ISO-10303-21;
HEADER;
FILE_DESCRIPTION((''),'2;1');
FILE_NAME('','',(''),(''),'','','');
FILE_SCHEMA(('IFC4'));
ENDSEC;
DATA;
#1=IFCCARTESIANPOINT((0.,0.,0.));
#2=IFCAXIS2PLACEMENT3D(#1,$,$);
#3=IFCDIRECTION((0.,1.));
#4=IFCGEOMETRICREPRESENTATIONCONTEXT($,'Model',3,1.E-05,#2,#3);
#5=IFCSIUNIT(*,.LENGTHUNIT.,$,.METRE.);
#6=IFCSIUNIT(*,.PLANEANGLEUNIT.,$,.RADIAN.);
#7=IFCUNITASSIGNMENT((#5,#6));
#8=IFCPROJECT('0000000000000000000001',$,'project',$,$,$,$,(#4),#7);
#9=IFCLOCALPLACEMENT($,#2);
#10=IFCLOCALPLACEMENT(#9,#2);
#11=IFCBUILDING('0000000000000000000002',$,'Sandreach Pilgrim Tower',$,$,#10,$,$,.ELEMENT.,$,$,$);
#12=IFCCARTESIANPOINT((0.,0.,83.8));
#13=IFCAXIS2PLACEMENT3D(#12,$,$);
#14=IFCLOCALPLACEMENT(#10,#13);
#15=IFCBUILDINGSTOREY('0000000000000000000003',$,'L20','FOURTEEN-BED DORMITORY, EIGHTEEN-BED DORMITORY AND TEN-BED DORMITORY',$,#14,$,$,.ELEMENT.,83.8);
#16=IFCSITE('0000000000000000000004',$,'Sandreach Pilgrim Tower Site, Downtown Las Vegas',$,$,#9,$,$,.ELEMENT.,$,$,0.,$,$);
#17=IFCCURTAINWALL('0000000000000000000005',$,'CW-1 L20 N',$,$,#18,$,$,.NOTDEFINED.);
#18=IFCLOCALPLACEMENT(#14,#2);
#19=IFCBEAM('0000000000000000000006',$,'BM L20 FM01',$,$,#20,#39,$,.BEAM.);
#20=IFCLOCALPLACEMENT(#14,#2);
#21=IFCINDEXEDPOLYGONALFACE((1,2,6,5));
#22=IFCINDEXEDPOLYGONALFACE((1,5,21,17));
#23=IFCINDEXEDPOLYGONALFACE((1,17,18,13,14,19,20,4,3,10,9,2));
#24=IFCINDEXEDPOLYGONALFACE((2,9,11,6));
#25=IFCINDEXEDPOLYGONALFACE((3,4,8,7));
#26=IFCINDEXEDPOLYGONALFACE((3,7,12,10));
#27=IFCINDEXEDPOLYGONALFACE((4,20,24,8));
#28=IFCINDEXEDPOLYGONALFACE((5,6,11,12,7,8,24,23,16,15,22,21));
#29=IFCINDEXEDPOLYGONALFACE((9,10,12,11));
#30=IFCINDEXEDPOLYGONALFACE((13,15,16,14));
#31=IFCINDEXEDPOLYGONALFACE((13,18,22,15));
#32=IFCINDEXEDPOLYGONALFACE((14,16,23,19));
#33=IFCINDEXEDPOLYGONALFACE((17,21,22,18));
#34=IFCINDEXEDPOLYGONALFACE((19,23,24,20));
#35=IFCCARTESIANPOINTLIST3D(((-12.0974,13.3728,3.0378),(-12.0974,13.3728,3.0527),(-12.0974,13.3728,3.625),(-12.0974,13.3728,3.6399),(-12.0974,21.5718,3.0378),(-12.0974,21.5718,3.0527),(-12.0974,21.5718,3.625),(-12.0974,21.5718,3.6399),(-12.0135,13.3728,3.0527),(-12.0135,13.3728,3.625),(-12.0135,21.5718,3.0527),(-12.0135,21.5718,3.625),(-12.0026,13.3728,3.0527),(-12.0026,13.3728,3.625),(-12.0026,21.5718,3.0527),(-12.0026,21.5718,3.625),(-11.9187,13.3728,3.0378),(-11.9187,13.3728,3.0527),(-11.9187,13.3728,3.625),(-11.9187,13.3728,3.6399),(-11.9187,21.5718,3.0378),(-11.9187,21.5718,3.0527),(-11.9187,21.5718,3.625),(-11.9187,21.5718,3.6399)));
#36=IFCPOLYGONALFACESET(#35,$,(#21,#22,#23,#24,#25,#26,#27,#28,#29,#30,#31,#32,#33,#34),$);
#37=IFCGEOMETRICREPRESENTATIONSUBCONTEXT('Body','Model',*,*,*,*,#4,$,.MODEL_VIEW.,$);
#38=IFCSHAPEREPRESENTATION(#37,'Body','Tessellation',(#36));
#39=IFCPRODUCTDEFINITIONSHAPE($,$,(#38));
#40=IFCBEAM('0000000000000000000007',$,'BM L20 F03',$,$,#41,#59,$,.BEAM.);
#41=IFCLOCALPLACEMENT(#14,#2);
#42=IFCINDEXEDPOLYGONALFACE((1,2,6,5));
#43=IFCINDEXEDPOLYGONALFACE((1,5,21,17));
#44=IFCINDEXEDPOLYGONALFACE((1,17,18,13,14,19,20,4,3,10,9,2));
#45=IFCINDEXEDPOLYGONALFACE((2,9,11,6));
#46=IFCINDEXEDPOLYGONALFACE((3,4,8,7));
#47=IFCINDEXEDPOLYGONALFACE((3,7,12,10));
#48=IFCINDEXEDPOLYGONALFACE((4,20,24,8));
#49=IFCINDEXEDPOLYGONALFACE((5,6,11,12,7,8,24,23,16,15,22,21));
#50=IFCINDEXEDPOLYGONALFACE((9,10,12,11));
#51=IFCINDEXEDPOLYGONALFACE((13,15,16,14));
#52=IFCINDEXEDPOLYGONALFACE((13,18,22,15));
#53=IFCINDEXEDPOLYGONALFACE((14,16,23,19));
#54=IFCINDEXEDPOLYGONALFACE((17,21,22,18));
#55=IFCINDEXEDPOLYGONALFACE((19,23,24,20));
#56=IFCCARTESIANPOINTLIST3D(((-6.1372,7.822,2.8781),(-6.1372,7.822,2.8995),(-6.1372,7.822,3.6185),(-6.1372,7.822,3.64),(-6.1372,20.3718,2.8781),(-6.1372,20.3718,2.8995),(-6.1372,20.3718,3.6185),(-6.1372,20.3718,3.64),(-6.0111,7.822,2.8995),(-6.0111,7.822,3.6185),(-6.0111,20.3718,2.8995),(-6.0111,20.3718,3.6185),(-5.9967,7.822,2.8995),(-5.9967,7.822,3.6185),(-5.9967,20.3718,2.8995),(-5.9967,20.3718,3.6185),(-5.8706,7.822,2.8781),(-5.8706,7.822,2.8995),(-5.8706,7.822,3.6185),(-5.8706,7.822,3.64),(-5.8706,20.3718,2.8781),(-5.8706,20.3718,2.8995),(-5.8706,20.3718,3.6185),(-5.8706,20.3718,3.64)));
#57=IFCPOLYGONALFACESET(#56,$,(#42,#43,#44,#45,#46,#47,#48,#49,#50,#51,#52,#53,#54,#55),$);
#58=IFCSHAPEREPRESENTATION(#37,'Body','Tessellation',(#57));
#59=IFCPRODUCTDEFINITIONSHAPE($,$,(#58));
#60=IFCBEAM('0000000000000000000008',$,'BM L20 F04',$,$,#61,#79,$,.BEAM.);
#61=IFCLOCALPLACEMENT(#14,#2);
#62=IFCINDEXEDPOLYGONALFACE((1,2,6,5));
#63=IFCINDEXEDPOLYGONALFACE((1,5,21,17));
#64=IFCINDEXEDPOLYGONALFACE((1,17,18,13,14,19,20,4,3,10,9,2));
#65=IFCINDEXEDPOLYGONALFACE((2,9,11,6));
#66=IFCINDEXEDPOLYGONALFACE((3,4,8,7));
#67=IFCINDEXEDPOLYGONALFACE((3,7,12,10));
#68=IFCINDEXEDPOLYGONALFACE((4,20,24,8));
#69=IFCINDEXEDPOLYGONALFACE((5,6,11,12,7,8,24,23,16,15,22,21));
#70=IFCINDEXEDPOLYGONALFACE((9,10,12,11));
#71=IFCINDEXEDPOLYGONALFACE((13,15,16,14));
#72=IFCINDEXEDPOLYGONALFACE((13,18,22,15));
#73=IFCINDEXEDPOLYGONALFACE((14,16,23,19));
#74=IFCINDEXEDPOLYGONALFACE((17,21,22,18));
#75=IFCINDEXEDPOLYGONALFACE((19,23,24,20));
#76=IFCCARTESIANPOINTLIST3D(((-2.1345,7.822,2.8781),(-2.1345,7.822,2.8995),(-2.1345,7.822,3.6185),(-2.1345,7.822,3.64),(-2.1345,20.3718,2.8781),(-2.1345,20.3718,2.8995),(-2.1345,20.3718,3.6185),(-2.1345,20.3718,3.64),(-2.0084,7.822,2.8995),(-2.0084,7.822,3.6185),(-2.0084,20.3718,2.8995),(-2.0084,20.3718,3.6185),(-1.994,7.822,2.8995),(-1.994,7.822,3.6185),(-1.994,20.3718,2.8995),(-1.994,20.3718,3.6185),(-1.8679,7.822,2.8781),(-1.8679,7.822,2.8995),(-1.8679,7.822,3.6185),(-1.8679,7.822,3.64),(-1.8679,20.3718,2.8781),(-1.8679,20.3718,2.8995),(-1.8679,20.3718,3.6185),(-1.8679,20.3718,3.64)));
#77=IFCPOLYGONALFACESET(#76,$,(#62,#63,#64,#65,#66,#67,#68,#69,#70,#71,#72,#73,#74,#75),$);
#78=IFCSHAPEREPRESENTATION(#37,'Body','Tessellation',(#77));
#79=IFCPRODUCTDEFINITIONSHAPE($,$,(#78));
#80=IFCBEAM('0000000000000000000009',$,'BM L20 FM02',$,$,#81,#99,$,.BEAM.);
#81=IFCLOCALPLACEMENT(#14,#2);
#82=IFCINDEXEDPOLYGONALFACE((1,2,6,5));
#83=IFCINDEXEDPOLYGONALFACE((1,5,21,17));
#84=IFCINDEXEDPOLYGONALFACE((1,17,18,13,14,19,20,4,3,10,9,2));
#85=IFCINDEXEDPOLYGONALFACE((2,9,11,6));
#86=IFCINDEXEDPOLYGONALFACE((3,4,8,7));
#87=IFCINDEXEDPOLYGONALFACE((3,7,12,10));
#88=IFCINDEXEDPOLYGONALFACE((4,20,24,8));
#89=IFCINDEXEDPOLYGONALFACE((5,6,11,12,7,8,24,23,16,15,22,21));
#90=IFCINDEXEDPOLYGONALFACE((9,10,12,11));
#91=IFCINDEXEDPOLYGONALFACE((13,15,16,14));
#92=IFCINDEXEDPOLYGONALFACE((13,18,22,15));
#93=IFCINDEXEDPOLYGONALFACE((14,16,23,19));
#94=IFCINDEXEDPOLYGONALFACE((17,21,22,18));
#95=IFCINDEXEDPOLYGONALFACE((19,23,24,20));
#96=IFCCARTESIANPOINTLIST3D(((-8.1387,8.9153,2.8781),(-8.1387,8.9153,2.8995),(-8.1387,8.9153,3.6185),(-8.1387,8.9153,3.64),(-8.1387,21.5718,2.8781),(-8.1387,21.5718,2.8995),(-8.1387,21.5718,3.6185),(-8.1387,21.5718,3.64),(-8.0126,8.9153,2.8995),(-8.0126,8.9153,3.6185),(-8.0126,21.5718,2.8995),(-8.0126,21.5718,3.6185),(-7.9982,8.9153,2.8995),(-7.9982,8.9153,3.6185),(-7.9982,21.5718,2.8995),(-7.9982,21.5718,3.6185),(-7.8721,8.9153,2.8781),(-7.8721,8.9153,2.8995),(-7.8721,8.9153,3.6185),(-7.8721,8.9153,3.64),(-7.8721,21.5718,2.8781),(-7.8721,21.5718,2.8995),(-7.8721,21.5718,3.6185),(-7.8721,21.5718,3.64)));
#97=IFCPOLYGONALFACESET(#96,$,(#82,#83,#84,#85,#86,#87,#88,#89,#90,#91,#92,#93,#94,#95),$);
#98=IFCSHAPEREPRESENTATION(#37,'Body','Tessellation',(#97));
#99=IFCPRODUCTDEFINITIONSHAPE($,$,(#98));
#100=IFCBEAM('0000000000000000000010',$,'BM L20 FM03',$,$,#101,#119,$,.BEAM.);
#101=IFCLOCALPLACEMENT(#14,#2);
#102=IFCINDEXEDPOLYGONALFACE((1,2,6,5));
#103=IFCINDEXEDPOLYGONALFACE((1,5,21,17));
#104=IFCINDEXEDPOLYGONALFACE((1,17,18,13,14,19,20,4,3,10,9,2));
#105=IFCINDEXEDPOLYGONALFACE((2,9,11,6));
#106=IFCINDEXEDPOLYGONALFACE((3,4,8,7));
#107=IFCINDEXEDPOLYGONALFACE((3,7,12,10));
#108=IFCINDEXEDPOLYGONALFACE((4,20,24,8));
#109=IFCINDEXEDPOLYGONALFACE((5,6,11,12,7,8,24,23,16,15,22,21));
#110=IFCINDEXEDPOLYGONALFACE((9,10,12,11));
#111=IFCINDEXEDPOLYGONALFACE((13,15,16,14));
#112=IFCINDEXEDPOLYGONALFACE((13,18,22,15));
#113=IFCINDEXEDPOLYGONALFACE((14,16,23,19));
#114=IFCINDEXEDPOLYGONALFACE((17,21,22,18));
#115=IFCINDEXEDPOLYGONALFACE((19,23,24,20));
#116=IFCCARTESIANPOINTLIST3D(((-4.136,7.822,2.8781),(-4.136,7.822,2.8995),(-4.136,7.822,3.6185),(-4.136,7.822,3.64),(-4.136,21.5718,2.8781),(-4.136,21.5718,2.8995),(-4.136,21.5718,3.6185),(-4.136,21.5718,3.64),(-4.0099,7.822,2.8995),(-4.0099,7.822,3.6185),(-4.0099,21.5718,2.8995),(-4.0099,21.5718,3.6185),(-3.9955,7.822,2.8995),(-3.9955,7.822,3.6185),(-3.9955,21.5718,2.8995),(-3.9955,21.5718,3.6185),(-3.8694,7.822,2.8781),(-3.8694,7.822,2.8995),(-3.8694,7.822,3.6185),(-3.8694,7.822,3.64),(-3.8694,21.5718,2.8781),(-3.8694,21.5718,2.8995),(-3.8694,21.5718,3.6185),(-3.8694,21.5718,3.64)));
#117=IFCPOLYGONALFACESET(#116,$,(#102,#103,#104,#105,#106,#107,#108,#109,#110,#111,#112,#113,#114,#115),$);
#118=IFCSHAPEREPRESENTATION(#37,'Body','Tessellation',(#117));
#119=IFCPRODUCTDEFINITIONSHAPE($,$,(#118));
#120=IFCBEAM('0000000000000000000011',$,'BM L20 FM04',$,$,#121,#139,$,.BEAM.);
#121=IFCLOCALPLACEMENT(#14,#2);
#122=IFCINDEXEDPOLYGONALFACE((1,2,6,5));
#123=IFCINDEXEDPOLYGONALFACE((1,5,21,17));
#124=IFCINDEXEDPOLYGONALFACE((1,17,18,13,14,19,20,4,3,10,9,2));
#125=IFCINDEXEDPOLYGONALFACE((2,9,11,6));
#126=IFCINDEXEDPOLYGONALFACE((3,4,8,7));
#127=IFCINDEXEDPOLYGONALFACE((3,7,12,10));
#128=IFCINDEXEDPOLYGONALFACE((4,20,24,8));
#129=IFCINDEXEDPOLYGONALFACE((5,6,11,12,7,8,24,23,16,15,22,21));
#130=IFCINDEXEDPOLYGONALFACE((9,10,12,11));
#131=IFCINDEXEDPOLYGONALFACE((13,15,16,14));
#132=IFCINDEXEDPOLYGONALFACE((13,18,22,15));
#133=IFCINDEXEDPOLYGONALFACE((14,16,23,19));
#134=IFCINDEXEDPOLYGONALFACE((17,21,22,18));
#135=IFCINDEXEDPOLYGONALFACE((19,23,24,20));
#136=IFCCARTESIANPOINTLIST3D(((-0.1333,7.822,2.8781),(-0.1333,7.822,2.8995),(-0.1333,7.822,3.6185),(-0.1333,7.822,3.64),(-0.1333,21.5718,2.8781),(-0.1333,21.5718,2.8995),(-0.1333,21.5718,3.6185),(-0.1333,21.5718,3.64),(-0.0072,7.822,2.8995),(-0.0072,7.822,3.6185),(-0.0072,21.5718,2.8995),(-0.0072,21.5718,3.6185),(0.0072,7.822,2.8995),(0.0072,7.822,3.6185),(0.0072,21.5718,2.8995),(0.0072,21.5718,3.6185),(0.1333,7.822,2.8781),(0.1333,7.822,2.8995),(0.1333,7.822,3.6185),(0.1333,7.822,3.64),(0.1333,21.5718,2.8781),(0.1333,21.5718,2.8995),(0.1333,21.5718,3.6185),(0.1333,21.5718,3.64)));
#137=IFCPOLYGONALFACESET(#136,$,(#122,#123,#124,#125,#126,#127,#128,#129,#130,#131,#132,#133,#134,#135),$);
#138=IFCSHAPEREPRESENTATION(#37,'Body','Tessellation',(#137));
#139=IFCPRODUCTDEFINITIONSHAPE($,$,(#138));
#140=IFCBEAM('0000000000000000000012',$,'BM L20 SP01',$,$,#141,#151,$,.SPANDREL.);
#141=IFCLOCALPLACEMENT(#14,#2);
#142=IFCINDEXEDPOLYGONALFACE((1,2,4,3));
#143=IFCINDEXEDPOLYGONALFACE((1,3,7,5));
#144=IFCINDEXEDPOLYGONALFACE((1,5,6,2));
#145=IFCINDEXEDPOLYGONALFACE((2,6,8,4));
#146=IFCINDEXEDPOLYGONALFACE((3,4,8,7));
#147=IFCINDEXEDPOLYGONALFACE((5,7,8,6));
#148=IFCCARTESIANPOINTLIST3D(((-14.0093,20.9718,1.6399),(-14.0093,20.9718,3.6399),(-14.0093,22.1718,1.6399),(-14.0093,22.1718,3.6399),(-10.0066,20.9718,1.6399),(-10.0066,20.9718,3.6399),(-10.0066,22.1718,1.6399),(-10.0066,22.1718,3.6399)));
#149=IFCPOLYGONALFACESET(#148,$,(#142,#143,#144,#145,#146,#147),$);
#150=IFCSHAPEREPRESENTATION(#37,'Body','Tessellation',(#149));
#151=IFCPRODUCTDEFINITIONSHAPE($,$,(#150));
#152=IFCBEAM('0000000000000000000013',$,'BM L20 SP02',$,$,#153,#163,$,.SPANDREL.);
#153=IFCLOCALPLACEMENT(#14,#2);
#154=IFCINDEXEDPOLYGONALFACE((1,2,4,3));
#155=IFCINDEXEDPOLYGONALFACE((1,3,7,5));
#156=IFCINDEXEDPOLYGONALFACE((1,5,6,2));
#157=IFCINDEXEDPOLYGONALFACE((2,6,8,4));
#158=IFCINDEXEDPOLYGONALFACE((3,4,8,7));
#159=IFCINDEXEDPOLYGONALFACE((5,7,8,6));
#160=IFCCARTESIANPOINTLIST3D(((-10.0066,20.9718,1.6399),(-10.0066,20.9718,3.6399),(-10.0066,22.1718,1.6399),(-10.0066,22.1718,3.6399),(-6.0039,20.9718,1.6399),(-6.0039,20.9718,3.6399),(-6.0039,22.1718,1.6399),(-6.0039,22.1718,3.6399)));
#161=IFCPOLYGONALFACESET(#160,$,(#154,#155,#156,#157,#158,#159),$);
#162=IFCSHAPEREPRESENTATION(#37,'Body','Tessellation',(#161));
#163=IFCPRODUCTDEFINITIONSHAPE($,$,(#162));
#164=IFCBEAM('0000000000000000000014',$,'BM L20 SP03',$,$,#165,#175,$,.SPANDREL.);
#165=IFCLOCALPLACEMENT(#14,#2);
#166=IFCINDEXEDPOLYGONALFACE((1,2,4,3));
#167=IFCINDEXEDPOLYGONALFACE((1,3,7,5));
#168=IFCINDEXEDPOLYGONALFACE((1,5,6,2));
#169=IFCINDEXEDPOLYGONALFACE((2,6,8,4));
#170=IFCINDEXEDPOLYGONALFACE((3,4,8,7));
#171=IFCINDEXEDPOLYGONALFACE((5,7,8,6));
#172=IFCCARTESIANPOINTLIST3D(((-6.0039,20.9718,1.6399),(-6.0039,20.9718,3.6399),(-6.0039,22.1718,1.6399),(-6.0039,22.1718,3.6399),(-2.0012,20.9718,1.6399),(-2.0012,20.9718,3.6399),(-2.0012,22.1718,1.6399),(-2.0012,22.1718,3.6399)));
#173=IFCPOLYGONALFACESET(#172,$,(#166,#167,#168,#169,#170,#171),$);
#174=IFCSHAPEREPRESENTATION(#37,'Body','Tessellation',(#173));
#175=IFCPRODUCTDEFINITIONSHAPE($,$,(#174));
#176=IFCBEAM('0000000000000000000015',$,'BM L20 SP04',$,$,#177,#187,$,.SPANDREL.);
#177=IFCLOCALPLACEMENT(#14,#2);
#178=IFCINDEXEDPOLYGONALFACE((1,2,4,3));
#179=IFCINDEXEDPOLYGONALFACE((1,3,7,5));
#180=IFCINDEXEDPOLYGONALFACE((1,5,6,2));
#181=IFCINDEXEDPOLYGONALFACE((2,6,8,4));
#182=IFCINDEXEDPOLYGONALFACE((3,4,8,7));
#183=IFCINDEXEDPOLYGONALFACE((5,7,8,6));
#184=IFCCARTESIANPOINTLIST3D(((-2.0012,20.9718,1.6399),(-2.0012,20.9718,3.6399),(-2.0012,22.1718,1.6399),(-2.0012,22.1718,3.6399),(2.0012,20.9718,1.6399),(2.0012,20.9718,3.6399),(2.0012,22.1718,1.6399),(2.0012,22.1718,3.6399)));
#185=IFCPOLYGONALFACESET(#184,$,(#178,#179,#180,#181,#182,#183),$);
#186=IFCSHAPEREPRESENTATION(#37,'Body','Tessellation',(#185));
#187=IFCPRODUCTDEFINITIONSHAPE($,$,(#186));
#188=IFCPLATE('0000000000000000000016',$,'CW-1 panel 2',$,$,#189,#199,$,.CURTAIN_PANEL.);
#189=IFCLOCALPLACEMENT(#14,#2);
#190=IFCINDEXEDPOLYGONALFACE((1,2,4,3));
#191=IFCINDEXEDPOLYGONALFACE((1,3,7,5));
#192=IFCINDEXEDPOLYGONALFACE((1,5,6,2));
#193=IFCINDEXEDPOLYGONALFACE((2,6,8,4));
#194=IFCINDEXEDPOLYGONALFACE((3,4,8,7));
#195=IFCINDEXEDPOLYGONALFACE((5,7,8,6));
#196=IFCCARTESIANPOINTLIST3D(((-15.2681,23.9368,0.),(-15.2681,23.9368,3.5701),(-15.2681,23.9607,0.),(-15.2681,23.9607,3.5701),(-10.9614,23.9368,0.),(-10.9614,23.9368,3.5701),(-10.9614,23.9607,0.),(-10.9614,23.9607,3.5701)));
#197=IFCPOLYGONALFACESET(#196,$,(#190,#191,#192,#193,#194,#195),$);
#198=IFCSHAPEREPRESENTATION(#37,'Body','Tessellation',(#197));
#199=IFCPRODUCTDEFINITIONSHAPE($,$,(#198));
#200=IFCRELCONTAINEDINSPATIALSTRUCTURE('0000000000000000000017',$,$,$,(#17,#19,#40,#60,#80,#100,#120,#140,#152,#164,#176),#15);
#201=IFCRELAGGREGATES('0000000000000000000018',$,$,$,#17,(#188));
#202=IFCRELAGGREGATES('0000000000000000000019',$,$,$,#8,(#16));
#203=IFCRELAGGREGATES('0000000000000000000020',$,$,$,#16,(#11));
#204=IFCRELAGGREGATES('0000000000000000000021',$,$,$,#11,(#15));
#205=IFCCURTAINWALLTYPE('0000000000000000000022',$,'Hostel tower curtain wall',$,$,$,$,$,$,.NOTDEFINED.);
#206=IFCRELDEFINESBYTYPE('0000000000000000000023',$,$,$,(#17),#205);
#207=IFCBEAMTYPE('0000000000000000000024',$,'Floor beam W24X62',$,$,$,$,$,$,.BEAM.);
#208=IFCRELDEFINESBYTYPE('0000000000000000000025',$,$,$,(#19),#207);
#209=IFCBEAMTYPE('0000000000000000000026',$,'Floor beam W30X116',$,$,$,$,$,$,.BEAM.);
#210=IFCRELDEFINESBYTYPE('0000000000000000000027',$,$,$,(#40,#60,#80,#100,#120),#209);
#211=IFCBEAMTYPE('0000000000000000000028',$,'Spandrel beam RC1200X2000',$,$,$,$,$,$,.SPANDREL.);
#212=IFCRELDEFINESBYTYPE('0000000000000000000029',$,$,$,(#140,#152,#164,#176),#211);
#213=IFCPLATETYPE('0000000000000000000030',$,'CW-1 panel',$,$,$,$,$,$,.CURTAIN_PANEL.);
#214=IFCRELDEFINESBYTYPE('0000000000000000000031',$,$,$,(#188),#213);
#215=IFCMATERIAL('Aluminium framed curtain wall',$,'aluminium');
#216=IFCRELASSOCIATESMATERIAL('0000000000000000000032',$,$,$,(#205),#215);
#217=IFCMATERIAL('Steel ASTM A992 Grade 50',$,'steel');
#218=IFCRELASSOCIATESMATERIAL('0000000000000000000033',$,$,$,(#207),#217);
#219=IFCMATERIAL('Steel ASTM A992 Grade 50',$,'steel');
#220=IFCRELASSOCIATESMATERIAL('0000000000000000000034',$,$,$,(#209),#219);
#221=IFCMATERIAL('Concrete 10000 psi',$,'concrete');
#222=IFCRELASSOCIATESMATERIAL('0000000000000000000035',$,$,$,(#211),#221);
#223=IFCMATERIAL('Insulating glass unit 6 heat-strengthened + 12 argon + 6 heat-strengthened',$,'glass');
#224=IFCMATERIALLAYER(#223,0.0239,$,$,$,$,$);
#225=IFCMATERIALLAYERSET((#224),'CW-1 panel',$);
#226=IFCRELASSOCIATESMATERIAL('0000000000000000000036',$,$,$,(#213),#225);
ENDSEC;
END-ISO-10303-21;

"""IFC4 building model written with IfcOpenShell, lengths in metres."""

from ifc_helpers import new_model, si_unit, direction, frame, origin, origin_2d, place, context, subcontext, project, spatial, rectangle, i_section, extrude, material, layer, layer_set, material_profile, profile_set, type_object, element, aggregate, save


model = new_model("IFC4")

# Units and contexts
model_context = context("Model", 3, precision=1e-05, world=origin(), true_north=direction((0.0, 1.0)))
body_context = subcontext(model_context, "Body", "Model", "MODEL_VIEW")
ifc_project = project(units=[si_unit("LENGTHUNIT", "METRE"), si_unit("PLANEANGLEUNIT", "RADIAN")], contexts=[model_context])

# Site, building, storey
site_placement = place(None, origin())
site = spatial("IfcSite", under=ifc_project, at=site_placement, Name="Sandreach Pilgrim Tower Site, Downtown Las Vegas", CompositionType="ELEMENT", RefElevation=0.0)
building_placement = place(site_placement, origin())
building = spatial("IfcBuilding", under=site, at=building_placement, Name="Sandreach Pilgrim Tower", CompositionType="ELEMENT")
storey_placement = place(building_placement, frame((0.0, 0.0, 83.8)))
storey = spatial("IfcBuildingStorey", under=building, at=storey_placement, Name="L20", Description="FOURTEEN-BED DORMITORY, EIGHTEEN-BED DORMITORY AND TEN-BED DORMITORY", CompositionType="ELEMENT", Elevation=83.8)

# Curtain wall
ifc_material_1 = material(Name="Aluminium framed curtain wall", Category="aluminium")
curtain_wall_type = type_object("IfcCurtainWallType", Name="Hostel tower curtain wall", PredefinedType="NOTDEFINED", material=ifc_material_1)
curtain_wall_placement = place(storey_placement, origin())
curtain_wall = element("IfcCurtainWall", 1, at=curtain_wall_placement, inside=storey, type_object=curtain_wall_type, Name="CW-1 L20 N", PredefinedType="NOTDEFINED")

# Beams
ifc_material_2 = material(Name="Steel ASTM A992 Grade 50", Category="steel")
ifc_material_profile_1 = material_profile(ifc_material_2, i_section(OverallWidth=0.1787, OverallDepth=0.6021, WebThickness=0.011, FlangeThickness=0.0149, at=origin_2d()), Name="W24X62")
ifc_profile_set_1 = profile_set([ifc_material_profile_1], Name="Steel ASTM A992 Grade 50")
beam_type_1 = type_object("IfcBeamType", Name="Floor beam W24X62", PredefinedType="BEAM", material=ifc_profile_set_1)
beam_1_placement = place(storey_placement, frame((-12.0081, 21.5718, 3.3389), z_axis=(0.0, -1.0, 0.0), x_axis=(1.0, 0.0, 0.0)))
element("IfcBeam", 2, at=beam_1_placement, inside=storey, type_object=beam_type_1, Name="BM L20 FM01", PredefinedType="BEAM", context=body_context, shape_type="SweptSolid", body=[
    extrude(i_section(OverallWidth=0.1787, OverallDepth=0.6021, WebThickness=0.011, FlangeThickness=0.0149, at=origin_2d()), origin(), (0.0, 0.0, 1.0), 8.199),
])
ifc_material_3 = material(Name="Steel ASTM A992 Grade 50", Category="steel")
ifc_material_profile_2 = material_profile(ifc_material_3, i_section(OverallWidth=0.2666, OverallDepth=0.762, WebThickness=0.0144, FlangeThickness=0.0215, at=origin_2d()), Name="W30X116")
ifc_profile_set_2 = profile_set([ifc_material_profile_2], Name="Steel ASTM A992 Grade 50")
beam_type_2 = type_object("IfcBeamType", Name="Floor beam W30X116", PredefinedType="BEAM", material=ifc_profile_set_2)
for number, where, z_axis, x_axis, name in (
    (3, (-6.0039, 20.3718, 3.259), (0.0, -1.0, 0.0), (1.0, 0.0, 0.0), "BM L20 F03"),
    (4, (-2.0012, 20.3718, 3.259), (0.0, -1.0, 0.0), (1.0, 0.0, 0.0), "BM L20 F04"),
):
    element("IfcBeam", number, at=place(storey_placement, frame(where, z_axis=z_axis, x_axis=x_axis)), inside=storey, type_object=beam_type_2, Name=name, PredefinedType="BEAM", context=body_context, shape_type="SweptSolid", body=[
        extrude(i_section(OverallWidth=0.2666, OverallDepth=0.762, WebThickness=0.0144, FlangeThickness=0.0215, at=origin_2d()), origin(), (0.0, 0.0, 1.0), 12.5498),
    ])
beam_2_placement = place(storey_placement, frame((-8.0054, 21.5718, 3.259), z_axis=(0.0, -1.0, 0.0), x_axis=(1.0, 0.0, 0.0)))
element("IfcBeam", 5, at=beam_2_placement, inside=storey, type_object=beam_type_2, Name="BM L20 FM02", PredefinedType="BEAM", context=body_context, shape_type="SweptSolid", body=[
    extrude(i_section(OverallWidth=0.2666, OverallDepth=0.762, WebThickness=0.0144, FlangeThickness=0.0215, at=origin_2d()), origin(), (0.0, 0.0, 1.0), 12.6565),
])
for number, where, z_axis, x_axis, name in (
    (6, (-4.0027, 21.5718, 3.259), (0.0, -1.0, 0.0), (1.0, 0.0, 0.0), "BM L20 FM03"),
    (7, (0.0, 21.5718, 3.259), (0.0, -1.0, 0.0), (1.0, 0.0, 0.0), "BM L20 FM04"),
):
    element("IfcBeam", number, at=place(storey_placement, frame(where, z_axis=z_axis, x_axis=x_axis)), inside=storey, type_object=beam_type_2, Name=name, PredefinedType="BEAM", context=body_context, shape_type="SweptSolid", body=[
        extrude(i_section(OverallWidth=0.2666, OverallDepth=0.762, WebThickness=0.0144, FlangeThickness=0.0215, at=origin_2d()), origin(), (0.0, 0.0, 1.0), 13.7498),
    ])
ifc_material_4 = material(Name="Concrete 10000 psi", Category="concrete")
ifc_material_profile_3 = material_profile(ifc_material_4, rectangle(XDim=1.2, YDim=2.0, at=origin_2d()), Name="RC1200X2000")
ifc_profile_set_3 = profile_set([ifc_material_profile_3], Name="Concrete 10000 psi")
beam_type_3 = type_object("IfcBeamType", Name="Spandrel beam RC1200X2000", PredefinedType="SPANDREL", material=ifc_profile_set_3)
for number, where, z_axis, x_axis, name in (
    (8, (-14.0093, 21.5718, 2.6399), (1.0, 0.0, 0.0), (0.0, 1.0, 0.0), "BM L20 SP01"),
    (9, (-10.0066, 21.5718, 2.6399), (1.0, 0.0, 0.0), (0.0, 1.0, 0.0), "BM L20 SP02"),
    (10, (-6.0039, 21.5718, 2.6399), (1.0, 0.0, 0.0), (0.0, 1.0, 0.0), "BM L20 SP03"),
):
    element("IfcBeam", number, at=place(storey_placement, frame(where, z_axis=z_axis, x_axis=x_axis)), inside=storey, type_object=beam_type_3, Name=name, PredefinedType="SPANDREL", context=body_context, shape_type="SweptSolid", body=[
        extrude(rectangle(XDim=1.2, YDim=2.0, at=origin_2d()), origin(), (0.0, 0.0, 1.0), 4.0027),
    ])
beam_3_placement = place(storey_placement, frame((-2.0012, 21.5718, 2.6399), z_axis=(1.0, 0.0, 0.0), x_axis=(0.0, 1.0, 0.0)))
element("IfcBeam", 11, at=beam_3_placement, inside=storey, type_object=beam_type_3, Name="BM L20 SP04", PredefinedType="SPANDREL", context=body_context, shape_type="SweptSolid", body=[
    extrude(rectangle(XDim=1.2, YDim=2.0, at=origin_2d()), origin(), (0.0, 0.0, 1.0), 4.0024),
])

# Plate
ifc_material_5 = material(Name="Insulating glass unit 6 heat-strengthened + 12 argon + 6 heat-strengthened", Category="glass")
ifc_layer_1 = layer(ifc_material_5, 0.0239)
ifc_layer_set_1 = layer_set([ifc_layer_1], Name="CW-1 panel")
plate_type = type_object("IfcPlateType", Name="CW-1 panel", PredefinedType="CURTAIN_PANEL", material=ifc_layer_set_1)
plate_1_placement = place(storey_placement, frame((-13.1147, 23.9487, 0.0), z_axis=(0.0, 0.0, 1.0), x_axis=(1.0, 0.0, 0.0)))
plate_1 = element("IfcPlate", 12, at=plate_1_placement, type_object=plate_type, Name="CW-1 panel 2", PredefinedType="CURTAIN_PANEL", context=body_context, shape_type="SweptSolid", body=[
    extrude(rectangle(XDim=4.3066, YDim=0.0239, at=origin_2d()), origin(), (0.0, 0.0, 1.0), 3.5701),
])
aggregate(curtain_wall, [plate_1])

save(model, "model.ifc")
